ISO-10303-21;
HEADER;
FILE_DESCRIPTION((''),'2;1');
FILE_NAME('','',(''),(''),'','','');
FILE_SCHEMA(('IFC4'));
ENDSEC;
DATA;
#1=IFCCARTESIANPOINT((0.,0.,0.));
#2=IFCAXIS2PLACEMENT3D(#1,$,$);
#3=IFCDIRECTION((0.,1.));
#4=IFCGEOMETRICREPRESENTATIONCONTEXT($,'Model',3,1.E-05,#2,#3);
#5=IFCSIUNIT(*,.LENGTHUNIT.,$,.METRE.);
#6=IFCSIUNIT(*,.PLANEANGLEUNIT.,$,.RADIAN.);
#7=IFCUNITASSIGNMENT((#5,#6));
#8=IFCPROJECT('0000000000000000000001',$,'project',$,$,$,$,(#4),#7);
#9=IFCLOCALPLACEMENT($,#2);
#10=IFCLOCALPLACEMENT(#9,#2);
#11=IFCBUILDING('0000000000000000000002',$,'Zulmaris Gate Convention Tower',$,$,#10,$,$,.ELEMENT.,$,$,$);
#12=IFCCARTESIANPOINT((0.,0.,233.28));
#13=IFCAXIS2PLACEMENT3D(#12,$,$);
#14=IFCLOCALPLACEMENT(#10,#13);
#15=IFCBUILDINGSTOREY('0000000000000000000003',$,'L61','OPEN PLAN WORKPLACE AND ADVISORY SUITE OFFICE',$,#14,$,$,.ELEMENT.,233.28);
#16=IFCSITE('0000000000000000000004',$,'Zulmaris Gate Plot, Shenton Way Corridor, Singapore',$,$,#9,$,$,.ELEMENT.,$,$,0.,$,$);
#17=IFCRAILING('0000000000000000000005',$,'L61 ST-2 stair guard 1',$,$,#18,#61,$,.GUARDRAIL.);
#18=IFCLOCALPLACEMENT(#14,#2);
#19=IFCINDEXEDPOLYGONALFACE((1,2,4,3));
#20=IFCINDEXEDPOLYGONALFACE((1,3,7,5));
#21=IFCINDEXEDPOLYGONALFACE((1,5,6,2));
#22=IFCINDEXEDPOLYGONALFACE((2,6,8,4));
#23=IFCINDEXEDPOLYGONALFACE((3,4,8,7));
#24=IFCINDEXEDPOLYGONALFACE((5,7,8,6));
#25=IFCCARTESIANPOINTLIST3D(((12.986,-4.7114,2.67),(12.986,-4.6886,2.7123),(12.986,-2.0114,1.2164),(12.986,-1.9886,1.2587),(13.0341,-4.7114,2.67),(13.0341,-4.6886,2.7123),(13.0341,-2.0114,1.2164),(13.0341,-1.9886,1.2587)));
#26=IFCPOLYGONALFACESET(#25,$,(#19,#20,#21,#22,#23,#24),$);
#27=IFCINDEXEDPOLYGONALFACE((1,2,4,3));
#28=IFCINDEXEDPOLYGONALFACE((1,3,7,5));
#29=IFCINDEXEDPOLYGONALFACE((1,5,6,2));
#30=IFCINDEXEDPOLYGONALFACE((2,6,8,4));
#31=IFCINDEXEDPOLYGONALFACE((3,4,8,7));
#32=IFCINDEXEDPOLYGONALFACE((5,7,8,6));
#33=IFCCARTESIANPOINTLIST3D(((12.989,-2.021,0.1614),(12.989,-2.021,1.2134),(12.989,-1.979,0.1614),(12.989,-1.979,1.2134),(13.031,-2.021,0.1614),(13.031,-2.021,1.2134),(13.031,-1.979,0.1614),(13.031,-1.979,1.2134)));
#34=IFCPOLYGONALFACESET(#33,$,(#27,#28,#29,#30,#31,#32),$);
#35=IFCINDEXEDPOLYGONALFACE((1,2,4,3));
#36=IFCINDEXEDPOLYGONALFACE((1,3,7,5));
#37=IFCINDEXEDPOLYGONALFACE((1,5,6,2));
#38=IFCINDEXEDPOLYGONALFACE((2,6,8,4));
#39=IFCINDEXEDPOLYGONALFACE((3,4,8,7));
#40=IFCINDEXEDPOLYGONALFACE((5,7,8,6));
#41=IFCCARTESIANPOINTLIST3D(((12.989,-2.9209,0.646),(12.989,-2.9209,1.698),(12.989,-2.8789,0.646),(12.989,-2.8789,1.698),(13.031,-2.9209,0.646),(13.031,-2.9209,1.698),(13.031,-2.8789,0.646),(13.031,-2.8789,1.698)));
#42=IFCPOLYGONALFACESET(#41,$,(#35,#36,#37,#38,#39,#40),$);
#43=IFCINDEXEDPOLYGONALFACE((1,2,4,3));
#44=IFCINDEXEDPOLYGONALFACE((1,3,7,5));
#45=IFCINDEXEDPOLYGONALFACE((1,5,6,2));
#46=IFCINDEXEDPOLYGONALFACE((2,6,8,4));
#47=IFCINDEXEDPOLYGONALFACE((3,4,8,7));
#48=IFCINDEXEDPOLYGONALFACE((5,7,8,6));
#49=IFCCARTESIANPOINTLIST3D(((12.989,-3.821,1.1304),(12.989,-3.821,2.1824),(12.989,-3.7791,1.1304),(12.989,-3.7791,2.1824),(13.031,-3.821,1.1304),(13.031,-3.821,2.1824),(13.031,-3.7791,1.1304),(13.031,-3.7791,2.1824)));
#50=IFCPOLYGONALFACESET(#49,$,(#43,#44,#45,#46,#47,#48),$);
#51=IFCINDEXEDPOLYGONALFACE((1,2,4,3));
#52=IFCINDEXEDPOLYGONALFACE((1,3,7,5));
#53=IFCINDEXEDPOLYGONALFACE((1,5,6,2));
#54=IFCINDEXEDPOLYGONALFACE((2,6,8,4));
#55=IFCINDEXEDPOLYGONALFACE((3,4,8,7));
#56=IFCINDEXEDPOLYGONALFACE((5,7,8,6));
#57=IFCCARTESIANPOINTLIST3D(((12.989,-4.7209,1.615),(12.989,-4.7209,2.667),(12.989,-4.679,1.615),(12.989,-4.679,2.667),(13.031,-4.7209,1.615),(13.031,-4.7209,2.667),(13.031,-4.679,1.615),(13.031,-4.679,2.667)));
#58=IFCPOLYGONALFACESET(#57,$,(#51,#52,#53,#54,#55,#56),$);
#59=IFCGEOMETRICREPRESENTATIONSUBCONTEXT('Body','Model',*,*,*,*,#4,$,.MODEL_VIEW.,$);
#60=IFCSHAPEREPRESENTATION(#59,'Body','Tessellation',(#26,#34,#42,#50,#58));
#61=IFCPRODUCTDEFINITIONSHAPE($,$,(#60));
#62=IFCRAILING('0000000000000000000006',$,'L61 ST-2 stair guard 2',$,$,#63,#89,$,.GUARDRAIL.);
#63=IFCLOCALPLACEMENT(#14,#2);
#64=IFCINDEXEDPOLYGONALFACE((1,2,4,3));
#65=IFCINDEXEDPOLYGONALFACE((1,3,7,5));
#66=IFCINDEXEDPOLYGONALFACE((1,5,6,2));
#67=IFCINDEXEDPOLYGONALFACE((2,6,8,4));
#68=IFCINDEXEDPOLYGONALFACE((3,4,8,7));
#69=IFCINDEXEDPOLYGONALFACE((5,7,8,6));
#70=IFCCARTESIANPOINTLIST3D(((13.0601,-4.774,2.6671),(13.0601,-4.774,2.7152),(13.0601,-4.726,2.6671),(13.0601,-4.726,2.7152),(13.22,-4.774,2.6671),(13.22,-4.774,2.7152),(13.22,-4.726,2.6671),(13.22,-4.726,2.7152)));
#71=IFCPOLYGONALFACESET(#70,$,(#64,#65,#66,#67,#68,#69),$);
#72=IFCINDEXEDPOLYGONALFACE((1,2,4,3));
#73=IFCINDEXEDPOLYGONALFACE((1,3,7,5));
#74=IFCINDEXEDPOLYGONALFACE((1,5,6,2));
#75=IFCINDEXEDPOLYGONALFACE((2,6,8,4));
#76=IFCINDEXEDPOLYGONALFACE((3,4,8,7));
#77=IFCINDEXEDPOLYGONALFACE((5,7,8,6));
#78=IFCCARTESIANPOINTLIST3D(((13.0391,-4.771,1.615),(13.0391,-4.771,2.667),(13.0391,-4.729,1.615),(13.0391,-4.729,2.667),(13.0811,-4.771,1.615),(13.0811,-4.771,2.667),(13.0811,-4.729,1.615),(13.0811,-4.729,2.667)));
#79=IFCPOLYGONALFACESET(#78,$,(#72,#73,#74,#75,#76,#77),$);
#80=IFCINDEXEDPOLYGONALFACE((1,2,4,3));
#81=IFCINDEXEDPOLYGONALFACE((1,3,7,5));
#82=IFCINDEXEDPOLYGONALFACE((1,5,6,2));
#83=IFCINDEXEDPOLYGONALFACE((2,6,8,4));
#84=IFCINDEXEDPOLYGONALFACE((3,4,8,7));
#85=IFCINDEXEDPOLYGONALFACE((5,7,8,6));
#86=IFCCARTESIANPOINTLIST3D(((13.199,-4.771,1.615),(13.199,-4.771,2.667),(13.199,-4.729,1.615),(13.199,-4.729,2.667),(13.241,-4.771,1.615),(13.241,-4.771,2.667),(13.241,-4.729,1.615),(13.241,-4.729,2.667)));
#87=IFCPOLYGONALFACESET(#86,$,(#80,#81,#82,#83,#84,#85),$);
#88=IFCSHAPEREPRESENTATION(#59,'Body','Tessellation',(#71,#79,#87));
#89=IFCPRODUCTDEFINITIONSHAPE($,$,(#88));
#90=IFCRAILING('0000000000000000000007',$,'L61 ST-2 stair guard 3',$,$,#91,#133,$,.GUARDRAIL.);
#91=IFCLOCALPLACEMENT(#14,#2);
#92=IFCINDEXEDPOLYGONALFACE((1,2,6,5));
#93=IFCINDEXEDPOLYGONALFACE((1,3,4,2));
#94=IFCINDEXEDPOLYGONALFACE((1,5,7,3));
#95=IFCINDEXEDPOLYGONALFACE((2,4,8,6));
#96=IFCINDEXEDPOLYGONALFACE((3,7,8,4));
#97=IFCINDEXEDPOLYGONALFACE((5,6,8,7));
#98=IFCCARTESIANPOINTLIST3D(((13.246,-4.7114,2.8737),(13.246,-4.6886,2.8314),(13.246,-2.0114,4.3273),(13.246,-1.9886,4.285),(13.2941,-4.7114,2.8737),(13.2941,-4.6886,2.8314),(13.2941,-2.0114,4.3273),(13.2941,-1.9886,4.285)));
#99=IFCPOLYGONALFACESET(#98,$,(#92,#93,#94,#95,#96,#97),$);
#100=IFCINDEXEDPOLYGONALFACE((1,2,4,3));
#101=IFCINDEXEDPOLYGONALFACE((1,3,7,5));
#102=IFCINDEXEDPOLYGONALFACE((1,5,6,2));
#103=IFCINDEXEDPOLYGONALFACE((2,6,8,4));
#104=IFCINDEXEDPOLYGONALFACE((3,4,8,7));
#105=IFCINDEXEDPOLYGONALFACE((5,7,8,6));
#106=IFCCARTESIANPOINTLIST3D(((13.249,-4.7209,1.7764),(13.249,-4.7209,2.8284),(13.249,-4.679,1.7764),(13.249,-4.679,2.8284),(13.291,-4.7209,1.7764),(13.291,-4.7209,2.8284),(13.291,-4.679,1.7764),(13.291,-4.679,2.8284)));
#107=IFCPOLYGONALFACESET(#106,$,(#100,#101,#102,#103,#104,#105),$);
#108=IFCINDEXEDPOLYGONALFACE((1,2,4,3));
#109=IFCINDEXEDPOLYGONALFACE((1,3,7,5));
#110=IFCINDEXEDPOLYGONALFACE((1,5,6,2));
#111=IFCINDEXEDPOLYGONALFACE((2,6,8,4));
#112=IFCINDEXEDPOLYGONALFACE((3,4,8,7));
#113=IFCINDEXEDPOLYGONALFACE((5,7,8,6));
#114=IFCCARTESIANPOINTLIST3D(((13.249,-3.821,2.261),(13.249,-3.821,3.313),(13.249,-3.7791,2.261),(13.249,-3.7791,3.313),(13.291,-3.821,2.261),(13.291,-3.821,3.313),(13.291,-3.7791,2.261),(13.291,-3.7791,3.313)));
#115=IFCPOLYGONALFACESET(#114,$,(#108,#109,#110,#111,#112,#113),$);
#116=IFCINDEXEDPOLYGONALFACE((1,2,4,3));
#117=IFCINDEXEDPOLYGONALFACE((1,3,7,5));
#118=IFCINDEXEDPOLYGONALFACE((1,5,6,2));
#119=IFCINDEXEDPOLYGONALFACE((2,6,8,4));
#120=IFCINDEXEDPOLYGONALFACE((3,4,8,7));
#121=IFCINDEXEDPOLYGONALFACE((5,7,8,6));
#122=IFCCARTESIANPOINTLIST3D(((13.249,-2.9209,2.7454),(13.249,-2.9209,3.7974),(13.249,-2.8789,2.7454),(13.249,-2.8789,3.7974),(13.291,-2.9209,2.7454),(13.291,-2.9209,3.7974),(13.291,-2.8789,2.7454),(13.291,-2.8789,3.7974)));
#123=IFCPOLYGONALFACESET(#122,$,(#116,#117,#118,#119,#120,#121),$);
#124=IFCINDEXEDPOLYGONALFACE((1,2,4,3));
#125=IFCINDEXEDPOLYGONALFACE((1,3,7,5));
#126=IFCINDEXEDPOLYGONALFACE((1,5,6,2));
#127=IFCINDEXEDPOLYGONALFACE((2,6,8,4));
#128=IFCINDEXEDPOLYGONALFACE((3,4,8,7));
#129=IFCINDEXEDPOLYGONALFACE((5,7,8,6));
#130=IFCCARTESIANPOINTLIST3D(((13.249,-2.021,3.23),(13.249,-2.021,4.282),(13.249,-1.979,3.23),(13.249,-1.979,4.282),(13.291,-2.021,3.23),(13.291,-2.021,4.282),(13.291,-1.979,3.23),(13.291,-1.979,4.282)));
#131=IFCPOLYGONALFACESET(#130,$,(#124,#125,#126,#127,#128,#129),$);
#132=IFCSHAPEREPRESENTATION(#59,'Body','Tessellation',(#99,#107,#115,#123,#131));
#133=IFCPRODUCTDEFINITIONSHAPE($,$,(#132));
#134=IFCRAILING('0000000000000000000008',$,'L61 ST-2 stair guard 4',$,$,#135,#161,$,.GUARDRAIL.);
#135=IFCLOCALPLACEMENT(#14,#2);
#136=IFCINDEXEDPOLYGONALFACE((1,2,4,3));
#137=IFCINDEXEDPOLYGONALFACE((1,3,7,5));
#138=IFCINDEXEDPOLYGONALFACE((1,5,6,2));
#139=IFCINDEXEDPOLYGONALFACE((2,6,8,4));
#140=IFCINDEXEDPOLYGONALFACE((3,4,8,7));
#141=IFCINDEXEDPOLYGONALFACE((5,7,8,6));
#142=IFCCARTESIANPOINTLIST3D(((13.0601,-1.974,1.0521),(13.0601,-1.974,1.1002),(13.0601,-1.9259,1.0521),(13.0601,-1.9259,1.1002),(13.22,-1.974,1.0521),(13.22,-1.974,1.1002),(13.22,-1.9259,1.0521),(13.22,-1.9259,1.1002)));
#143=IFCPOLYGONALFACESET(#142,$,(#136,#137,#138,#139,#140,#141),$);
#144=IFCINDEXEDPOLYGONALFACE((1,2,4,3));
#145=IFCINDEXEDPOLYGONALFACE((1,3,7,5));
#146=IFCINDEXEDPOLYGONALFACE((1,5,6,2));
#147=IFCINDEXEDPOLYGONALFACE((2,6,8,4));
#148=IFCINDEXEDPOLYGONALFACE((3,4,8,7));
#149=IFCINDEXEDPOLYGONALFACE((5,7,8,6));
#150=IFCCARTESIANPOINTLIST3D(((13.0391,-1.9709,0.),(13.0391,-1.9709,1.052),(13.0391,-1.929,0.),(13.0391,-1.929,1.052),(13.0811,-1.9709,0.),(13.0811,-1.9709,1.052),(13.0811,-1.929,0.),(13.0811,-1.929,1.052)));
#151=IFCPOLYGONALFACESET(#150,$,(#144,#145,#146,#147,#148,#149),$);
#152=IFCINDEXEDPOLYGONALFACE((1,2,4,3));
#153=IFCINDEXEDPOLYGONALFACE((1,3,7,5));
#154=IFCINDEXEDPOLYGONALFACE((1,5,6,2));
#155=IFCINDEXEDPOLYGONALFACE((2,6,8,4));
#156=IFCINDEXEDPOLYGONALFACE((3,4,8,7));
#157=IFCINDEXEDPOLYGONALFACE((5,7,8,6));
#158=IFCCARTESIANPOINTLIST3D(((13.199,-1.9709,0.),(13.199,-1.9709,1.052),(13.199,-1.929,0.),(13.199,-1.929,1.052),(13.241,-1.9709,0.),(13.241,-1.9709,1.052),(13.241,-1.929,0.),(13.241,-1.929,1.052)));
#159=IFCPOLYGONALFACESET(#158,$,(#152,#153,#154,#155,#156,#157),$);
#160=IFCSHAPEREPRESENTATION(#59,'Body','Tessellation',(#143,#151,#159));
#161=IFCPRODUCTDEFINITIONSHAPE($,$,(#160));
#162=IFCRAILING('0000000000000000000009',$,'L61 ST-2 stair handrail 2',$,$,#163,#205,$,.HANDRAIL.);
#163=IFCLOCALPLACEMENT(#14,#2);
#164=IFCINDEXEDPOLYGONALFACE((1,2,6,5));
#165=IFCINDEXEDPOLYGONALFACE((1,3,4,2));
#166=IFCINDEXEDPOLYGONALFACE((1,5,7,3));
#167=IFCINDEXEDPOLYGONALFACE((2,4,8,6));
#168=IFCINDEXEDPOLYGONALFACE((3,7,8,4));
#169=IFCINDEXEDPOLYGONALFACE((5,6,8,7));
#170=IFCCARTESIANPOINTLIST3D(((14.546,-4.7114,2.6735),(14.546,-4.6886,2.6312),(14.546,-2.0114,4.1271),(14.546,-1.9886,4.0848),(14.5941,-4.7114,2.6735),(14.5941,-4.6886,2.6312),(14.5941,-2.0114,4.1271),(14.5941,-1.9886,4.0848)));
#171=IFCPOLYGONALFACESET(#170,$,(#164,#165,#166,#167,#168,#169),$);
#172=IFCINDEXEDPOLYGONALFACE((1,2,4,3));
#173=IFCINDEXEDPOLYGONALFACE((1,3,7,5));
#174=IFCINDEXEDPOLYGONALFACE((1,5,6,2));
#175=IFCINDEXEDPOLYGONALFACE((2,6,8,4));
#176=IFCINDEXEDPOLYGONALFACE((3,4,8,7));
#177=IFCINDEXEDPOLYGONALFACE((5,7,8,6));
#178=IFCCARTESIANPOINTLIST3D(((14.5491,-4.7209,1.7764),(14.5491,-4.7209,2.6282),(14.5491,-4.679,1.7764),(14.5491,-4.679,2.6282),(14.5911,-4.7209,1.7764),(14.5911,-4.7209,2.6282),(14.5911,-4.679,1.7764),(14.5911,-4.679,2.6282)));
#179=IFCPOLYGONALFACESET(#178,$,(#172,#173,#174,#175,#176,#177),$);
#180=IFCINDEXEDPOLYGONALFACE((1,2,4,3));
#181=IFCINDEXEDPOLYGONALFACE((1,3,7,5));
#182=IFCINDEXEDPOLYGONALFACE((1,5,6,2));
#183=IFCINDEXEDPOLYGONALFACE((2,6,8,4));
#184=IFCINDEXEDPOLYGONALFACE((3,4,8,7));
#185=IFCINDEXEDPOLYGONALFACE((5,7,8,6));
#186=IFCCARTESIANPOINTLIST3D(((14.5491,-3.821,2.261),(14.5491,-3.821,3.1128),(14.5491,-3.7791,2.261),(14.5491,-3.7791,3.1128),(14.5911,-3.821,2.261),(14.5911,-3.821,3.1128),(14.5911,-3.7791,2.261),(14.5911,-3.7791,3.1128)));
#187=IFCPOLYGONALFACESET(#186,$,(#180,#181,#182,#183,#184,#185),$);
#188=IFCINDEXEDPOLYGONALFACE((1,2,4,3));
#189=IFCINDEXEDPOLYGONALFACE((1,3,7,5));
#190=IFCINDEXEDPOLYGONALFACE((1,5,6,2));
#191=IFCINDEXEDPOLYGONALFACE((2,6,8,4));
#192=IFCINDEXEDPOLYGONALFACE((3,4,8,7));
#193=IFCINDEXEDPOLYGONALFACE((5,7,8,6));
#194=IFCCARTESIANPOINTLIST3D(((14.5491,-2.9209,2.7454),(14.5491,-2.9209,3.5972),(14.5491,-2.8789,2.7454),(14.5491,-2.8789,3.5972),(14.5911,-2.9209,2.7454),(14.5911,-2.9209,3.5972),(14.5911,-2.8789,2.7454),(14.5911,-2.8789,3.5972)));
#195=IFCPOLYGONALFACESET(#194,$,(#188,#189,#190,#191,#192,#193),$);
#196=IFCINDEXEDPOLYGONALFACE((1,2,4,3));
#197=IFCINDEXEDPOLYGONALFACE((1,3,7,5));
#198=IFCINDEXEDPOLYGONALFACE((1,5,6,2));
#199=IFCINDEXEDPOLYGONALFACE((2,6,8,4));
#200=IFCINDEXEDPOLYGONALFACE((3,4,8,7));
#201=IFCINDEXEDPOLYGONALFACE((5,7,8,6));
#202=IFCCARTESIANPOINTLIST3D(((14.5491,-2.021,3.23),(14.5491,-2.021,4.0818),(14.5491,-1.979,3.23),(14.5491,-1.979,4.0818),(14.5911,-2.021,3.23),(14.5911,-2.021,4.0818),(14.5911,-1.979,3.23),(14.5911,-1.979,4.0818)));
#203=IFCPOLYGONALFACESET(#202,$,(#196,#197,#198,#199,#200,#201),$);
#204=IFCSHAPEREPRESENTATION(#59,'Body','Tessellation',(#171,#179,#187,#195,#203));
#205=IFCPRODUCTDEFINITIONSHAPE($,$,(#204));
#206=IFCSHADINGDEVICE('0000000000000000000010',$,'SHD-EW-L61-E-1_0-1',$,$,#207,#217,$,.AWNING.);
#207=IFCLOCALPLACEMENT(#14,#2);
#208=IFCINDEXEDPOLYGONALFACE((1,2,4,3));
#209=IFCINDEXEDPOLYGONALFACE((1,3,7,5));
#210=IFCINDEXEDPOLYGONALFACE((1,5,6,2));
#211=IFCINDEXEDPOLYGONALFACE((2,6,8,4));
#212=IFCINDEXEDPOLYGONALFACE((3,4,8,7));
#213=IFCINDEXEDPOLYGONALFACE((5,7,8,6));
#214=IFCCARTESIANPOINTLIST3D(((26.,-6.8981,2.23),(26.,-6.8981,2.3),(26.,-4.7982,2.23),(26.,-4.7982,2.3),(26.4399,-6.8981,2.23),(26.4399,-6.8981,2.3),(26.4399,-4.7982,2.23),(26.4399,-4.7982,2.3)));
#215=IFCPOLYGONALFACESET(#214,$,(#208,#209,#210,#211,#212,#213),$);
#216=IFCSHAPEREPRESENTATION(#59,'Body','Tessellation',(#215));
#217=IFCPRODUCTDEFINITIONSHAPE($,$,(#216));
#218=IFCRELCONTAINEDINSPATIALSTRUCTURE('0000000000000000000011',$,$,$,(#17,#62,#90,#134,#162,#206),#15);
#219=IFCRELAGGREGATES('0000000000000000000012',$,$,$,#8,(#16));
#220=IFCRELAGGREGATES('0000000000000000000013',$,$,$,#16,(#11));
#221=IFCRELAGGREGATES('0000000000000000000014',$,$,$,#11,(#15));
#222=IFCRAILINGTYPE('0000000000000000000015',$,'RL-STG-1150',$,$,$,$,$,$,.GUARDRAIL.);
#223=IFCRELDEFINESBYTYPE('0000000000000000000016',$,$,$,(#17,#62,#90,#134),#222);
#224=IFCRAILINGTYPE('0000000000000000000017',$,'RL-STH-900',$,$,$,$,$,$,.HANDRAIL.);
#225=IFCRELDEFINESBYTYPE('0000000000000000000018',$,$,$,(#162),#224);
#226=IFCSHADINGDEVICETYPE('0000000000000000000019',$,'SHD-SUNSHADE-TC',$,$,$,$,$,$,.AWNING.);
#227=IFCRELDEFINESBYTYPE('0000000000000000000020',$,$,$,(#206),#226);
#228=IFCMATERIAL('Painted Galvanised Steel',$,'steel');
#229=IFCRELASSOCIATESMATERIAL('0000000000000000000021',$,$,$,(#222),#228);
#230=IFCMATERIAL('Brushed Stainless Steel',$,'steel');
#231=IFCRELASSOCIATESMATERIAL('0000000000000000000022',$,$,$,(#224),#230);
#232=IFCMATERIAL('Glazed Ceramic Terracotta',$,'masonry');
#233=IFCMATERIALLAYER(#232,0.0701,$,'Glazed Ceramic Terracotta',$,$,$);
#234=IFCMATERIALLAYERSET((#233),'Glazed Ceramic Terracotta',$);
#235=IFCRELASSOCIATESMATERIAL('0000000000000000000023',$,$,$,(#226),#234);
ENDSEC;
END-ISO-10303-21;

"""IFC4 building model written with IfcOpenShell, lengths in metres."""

from ifc_helpers import new_model, si_unit, direction, frame, frame_2d, origin, origin_2d, place, context, subcontext, project, spatial, rectangle, extrude, material, layer, layer_set, type_object, element, save


model = new_model("IFC4")

# Units and contexts
model_context = context("Model", 3, precision=1e-05, world=origin(), true_north=direction((0.0, 1.0)))
body_context = subcontext(model_context, "Body", "Model", "MODEL_VIEW")
ifc_project = project(units=[si_unit("LENGTHUNIT", "METRE"), si_unit("PLANEANGLEUNIT", "RADIAN")], contexts=[model_context])

# Site, building, storey
site_placement = place(None, origin())
site = spatial("IfcSite", under=ifc_project, at=site_placement, Name="Zulmaris Gate Plot, Shenton Way Corridor, Singapore", CompositionType="ELEMENT", RefElevation=0.0)
building_placement = place(site_placement, origin())
building = spatial("IfcBuilding", under=site, at=building_placement, Name="Zulmaris Gate Convention Tower", CompositionType="ELEMENT")
storey_placement = place(building_placement, frame((0.0, 0.0, 233.28)))
storey = spatial("IfcBuildingStorey", under=building, at=storey_placement, Name="L61", Description="OPEN PLAN WORKPLACE AND ADVISORY SUITE OFFICE", CompositionType="ELEMENT", Elevation=233.28)

# Railings
ifc_material_1 = material(Name="Painted Galvanised Steel", Category="steel")
railing_type_1 = type_object("IfcRailingType", Name="RL-STG-1150", PredefinedType="GUARDRAIL", material=ifc_material_1)
railing_1_placement = place(storey_placement, frame((13.01, -2.0, 0.1614)))
element("IfcRailing", 1, at=railing_1_placement, inside=storey, type_object=railing_type_1, Name="L61 ST-2 stair guard 1", PredefinedType="GUARDRAIL", context=body_context, shape_type="SweptSolid", body=[
    extrude(rectangle(XDim=0.0481, YDim=0.0481, at=origin_2d()), frame((0.0, 0.0, 1.0762), z_axis=(0.0, -0.880499, 0.474048), x_axis=(1.0, 0.0, 0.0)), (0.0, 0.0, 1.0), 3.0664),
    extrude(rectangle(XDim=0.042, YDim=0.042, at=origin_2d()), origin(), (0.0, 0.0, 1.0), 1.052),
    extrude(rectangle(XDim=0.042, YDim=0.042, at=origin_2d()), frame((0.0, -0.8999, 0.4846)), (0.0, 0.0, 1.0), 1.052),
    extrude(rectangle(XDim=0.042, YDim=0.042, at=origin_2d()), frame((0.0, -1.8, 0.969)), (0.0, 0.0, 1.0), 1.052),
    extrude(rectangle(XDim=0.042, YDim=0.042, at=origin_2d()), frame((0.0, -2.7, 1.4536)), (0.0, 0.0, 1.0), 1.052),
])
railing_2_placement = place(storey_placement, frame((13.0601, -4.75, 1.615)))
element("IfcRailing", 2, at=railing_2_placement, inside=storey, type_object=railing_type_1, Name="L61 ST-2 stair guard 2", PredefinedType="GUARDRAIL", context=body_context, shape_type="SweptSolid", body=[
    extrude(rectangle(XDim=0.0481, YDim=0.0481, at=origin_2d()), frame((0.0, 0.0, 1.0762), z_axis=(1.0, 0.0, 0.0), x_axis=(0.0, 1.0, 0.0)), (0.0, 0.0, 1.0), 0.1599),
    extrude(rectangle(XDim=0.042, YDim=0.042, at=origin_2d()), origin(), (0.0, 0.0, 1.0), 1.052),
    extrude(rectangle(XDim=0.042, YDim=0.042, at=origin_2d()), frame((0.1599, 0.0, 0.0)), (0.0, 0.0, 1.0), 1.052),
])
railing_3_placement = place(storey_placement, frame((13.27, -4.7, 1.7764)))
element("IfcRailing", 3, at=railing_3_placement, inside=storey, type_object=railing_type_1, Name="L61 ST-2 stair guard 3", PredefinedType="GUARDRAIL", context=body_context, shape_type="SweptSolid", body=[
    extrude(rectangle(XDim=0.0481, YDim=0.0481, at=origin_2d()), frame((0.0, 0.0, 1.0762), z_axis=(0.0, 0.880499, 0.474048), x_axis=(-1.0, 0.0, 0.0)), (0.0, 0.0, 1.0), 3.0664),
    extrude(rectangle(XDim=0.042, YDim=0.042, at=origin_2d()), origin(), (0.0, 0.0, 1.0), 1.052),
    extrude(rectangle(XDim=0.042, YDim=0.042, at=origin_2d()), frame((0.0, 0.8999, 0.4846)), (0.0, 0.0, 1.0), 1.052),
    extrude(rectangle(XDim=0.042, YDim=0.042, at=origin_2d()), frame((0.0, 1.8, 0.969)), (0.0, 0.0, 1.0), 1.052),
    extrude(rectangle(XDim=0.042, YDim=0.042, at=origin_2d()), frame((0.0, 2.7, 1.4536)), (0.0, 0.0, 1.0), 1.052),
])
railing_4_placement = place(storey_placement, frame((13.0601, -1.95, 0.0)))
element("IfcRailing", 4, at=railing_4_placement, inside=storey, type_object=railing_type_1, Name="L61 ST-2 stair guard 4", PredefinedType="GUARDRAIL", context=body_context, shape_type="SweptSolid", body=[
    extrude(rectangle(XDim=0.0481, YDim=0.0481, at=origin_2d()), frame((0.0, 0.0, 1.0762), z_axis=(1.0, 0.0, 0.0), x_axis=(0.0, 1.0, 0.0)), (0.0, 0.0, 1.0), 0.1599),
    extrude(rectangle(XDim=0.042, YDim=0.042, at=origin_2d()), origin(), (0.0, 0.0, 1.0), 1.052),
    extrude(rectangle(XDim=0.042, YDim=0.042, at=origin_2d()), frame((0.1599, 0.0, 0.0)), (0.0, 0.0, 1.0), 1.052),
])
ifc_material_2 = material(Name="Brushed Stainless Steel", Category="steel")
railing_type_2 = type_object("IfcRailingType", Name="RL-STH-900", PredefinedType="HANDRAIL", material=ifc_material_2)
railing_5_placement = place(storey_placement, frame((14.5701, -4.7, 1.7764)))
element("IfcRailing", 5, at=railing_5_placement, inside=storey, type_object=railing_type_2, Name="L61 ST-2 stair handrail 2", PredefinedType="HANDRAIL", context=body_context, shape_type="SweptSolid", body=[
    extrude(rectangle(XDim=0.0481, YDim=0.0481, at=origin_2d()), frame((0.0, 0.0, 0.876), z_axis=(0.0, 0.880499, 0.474048), x_axis=(-1.0, 0.0, 0.0)), (0.0, 0.0, 1.0), 3.0664),
    extrude(rectangle(XDim=0.042, YDim=0.042, at=origin_2d()), origin(), (0.0, 0.0, 1.0), 0.8518),
    extrude(rectangle(XDim=0.042, YDim=0.042, at=origin_2d()), frame((0.0, 0.8999, 0.4846)), (0.0, 0.0, 1.0), 0.8518),
    extrude(rectangle(XDim=0.042, YDim=0.042, at=origin_2d()), frame((0.0, 1.8, 0.969)), (0.0, 0.0, 1.0), 0.8518),
    extrude(rectangle(XDim=0.042, YDim=0.042, at=origin_2d()), frame((0.0, 2.7, 1.4536)), (0.0, 0.0, 1.0), 0.8518),
])

# Shading device
ifc_material_3 = material(Name="Glazed Ceramic Terracotta", Category="masonry")
ifc_layer_1 = layer(ifc_material_3, 0.0701, Name="Glazed Ceramic Terracotta")
ifc_layer_set_1 = layer_set([ifc_layer_1], Name="Glazed Ceramic Terracotta")
shading_device_type = type_object("IfcShadingDeviceType", Name="SHD-SUNSHADE-TC", PredefinedType="AWNING", material=ifc_layer_set_1)
for number, where, z_axis, x_axis, name in (
    (6, (26.22, -6.8979, 2.23), (0.0, 0.0, 1.0), (0.0, 1.0, 0.0), "SHD-EW-L61-E-1_0-1"),
):
    element("IfcShadingDevice", number, at=place(storey_placement, frame(where, z_axis=z_axis, x_axis=x_axis)), inside=storey, type_object=shading_device_type, Name=name, PredefinedType="AWNING", context=body_context, shape_type="SweptSolid", body=[
        extrude(rectangle(XDim=2.0999, YDim=0.4399, at=frame_2d((1.0498, 0.0))), origin(), (0.0, 0.0, 1.0), 0.0701),
    ])

save(model, "model.ifc")
